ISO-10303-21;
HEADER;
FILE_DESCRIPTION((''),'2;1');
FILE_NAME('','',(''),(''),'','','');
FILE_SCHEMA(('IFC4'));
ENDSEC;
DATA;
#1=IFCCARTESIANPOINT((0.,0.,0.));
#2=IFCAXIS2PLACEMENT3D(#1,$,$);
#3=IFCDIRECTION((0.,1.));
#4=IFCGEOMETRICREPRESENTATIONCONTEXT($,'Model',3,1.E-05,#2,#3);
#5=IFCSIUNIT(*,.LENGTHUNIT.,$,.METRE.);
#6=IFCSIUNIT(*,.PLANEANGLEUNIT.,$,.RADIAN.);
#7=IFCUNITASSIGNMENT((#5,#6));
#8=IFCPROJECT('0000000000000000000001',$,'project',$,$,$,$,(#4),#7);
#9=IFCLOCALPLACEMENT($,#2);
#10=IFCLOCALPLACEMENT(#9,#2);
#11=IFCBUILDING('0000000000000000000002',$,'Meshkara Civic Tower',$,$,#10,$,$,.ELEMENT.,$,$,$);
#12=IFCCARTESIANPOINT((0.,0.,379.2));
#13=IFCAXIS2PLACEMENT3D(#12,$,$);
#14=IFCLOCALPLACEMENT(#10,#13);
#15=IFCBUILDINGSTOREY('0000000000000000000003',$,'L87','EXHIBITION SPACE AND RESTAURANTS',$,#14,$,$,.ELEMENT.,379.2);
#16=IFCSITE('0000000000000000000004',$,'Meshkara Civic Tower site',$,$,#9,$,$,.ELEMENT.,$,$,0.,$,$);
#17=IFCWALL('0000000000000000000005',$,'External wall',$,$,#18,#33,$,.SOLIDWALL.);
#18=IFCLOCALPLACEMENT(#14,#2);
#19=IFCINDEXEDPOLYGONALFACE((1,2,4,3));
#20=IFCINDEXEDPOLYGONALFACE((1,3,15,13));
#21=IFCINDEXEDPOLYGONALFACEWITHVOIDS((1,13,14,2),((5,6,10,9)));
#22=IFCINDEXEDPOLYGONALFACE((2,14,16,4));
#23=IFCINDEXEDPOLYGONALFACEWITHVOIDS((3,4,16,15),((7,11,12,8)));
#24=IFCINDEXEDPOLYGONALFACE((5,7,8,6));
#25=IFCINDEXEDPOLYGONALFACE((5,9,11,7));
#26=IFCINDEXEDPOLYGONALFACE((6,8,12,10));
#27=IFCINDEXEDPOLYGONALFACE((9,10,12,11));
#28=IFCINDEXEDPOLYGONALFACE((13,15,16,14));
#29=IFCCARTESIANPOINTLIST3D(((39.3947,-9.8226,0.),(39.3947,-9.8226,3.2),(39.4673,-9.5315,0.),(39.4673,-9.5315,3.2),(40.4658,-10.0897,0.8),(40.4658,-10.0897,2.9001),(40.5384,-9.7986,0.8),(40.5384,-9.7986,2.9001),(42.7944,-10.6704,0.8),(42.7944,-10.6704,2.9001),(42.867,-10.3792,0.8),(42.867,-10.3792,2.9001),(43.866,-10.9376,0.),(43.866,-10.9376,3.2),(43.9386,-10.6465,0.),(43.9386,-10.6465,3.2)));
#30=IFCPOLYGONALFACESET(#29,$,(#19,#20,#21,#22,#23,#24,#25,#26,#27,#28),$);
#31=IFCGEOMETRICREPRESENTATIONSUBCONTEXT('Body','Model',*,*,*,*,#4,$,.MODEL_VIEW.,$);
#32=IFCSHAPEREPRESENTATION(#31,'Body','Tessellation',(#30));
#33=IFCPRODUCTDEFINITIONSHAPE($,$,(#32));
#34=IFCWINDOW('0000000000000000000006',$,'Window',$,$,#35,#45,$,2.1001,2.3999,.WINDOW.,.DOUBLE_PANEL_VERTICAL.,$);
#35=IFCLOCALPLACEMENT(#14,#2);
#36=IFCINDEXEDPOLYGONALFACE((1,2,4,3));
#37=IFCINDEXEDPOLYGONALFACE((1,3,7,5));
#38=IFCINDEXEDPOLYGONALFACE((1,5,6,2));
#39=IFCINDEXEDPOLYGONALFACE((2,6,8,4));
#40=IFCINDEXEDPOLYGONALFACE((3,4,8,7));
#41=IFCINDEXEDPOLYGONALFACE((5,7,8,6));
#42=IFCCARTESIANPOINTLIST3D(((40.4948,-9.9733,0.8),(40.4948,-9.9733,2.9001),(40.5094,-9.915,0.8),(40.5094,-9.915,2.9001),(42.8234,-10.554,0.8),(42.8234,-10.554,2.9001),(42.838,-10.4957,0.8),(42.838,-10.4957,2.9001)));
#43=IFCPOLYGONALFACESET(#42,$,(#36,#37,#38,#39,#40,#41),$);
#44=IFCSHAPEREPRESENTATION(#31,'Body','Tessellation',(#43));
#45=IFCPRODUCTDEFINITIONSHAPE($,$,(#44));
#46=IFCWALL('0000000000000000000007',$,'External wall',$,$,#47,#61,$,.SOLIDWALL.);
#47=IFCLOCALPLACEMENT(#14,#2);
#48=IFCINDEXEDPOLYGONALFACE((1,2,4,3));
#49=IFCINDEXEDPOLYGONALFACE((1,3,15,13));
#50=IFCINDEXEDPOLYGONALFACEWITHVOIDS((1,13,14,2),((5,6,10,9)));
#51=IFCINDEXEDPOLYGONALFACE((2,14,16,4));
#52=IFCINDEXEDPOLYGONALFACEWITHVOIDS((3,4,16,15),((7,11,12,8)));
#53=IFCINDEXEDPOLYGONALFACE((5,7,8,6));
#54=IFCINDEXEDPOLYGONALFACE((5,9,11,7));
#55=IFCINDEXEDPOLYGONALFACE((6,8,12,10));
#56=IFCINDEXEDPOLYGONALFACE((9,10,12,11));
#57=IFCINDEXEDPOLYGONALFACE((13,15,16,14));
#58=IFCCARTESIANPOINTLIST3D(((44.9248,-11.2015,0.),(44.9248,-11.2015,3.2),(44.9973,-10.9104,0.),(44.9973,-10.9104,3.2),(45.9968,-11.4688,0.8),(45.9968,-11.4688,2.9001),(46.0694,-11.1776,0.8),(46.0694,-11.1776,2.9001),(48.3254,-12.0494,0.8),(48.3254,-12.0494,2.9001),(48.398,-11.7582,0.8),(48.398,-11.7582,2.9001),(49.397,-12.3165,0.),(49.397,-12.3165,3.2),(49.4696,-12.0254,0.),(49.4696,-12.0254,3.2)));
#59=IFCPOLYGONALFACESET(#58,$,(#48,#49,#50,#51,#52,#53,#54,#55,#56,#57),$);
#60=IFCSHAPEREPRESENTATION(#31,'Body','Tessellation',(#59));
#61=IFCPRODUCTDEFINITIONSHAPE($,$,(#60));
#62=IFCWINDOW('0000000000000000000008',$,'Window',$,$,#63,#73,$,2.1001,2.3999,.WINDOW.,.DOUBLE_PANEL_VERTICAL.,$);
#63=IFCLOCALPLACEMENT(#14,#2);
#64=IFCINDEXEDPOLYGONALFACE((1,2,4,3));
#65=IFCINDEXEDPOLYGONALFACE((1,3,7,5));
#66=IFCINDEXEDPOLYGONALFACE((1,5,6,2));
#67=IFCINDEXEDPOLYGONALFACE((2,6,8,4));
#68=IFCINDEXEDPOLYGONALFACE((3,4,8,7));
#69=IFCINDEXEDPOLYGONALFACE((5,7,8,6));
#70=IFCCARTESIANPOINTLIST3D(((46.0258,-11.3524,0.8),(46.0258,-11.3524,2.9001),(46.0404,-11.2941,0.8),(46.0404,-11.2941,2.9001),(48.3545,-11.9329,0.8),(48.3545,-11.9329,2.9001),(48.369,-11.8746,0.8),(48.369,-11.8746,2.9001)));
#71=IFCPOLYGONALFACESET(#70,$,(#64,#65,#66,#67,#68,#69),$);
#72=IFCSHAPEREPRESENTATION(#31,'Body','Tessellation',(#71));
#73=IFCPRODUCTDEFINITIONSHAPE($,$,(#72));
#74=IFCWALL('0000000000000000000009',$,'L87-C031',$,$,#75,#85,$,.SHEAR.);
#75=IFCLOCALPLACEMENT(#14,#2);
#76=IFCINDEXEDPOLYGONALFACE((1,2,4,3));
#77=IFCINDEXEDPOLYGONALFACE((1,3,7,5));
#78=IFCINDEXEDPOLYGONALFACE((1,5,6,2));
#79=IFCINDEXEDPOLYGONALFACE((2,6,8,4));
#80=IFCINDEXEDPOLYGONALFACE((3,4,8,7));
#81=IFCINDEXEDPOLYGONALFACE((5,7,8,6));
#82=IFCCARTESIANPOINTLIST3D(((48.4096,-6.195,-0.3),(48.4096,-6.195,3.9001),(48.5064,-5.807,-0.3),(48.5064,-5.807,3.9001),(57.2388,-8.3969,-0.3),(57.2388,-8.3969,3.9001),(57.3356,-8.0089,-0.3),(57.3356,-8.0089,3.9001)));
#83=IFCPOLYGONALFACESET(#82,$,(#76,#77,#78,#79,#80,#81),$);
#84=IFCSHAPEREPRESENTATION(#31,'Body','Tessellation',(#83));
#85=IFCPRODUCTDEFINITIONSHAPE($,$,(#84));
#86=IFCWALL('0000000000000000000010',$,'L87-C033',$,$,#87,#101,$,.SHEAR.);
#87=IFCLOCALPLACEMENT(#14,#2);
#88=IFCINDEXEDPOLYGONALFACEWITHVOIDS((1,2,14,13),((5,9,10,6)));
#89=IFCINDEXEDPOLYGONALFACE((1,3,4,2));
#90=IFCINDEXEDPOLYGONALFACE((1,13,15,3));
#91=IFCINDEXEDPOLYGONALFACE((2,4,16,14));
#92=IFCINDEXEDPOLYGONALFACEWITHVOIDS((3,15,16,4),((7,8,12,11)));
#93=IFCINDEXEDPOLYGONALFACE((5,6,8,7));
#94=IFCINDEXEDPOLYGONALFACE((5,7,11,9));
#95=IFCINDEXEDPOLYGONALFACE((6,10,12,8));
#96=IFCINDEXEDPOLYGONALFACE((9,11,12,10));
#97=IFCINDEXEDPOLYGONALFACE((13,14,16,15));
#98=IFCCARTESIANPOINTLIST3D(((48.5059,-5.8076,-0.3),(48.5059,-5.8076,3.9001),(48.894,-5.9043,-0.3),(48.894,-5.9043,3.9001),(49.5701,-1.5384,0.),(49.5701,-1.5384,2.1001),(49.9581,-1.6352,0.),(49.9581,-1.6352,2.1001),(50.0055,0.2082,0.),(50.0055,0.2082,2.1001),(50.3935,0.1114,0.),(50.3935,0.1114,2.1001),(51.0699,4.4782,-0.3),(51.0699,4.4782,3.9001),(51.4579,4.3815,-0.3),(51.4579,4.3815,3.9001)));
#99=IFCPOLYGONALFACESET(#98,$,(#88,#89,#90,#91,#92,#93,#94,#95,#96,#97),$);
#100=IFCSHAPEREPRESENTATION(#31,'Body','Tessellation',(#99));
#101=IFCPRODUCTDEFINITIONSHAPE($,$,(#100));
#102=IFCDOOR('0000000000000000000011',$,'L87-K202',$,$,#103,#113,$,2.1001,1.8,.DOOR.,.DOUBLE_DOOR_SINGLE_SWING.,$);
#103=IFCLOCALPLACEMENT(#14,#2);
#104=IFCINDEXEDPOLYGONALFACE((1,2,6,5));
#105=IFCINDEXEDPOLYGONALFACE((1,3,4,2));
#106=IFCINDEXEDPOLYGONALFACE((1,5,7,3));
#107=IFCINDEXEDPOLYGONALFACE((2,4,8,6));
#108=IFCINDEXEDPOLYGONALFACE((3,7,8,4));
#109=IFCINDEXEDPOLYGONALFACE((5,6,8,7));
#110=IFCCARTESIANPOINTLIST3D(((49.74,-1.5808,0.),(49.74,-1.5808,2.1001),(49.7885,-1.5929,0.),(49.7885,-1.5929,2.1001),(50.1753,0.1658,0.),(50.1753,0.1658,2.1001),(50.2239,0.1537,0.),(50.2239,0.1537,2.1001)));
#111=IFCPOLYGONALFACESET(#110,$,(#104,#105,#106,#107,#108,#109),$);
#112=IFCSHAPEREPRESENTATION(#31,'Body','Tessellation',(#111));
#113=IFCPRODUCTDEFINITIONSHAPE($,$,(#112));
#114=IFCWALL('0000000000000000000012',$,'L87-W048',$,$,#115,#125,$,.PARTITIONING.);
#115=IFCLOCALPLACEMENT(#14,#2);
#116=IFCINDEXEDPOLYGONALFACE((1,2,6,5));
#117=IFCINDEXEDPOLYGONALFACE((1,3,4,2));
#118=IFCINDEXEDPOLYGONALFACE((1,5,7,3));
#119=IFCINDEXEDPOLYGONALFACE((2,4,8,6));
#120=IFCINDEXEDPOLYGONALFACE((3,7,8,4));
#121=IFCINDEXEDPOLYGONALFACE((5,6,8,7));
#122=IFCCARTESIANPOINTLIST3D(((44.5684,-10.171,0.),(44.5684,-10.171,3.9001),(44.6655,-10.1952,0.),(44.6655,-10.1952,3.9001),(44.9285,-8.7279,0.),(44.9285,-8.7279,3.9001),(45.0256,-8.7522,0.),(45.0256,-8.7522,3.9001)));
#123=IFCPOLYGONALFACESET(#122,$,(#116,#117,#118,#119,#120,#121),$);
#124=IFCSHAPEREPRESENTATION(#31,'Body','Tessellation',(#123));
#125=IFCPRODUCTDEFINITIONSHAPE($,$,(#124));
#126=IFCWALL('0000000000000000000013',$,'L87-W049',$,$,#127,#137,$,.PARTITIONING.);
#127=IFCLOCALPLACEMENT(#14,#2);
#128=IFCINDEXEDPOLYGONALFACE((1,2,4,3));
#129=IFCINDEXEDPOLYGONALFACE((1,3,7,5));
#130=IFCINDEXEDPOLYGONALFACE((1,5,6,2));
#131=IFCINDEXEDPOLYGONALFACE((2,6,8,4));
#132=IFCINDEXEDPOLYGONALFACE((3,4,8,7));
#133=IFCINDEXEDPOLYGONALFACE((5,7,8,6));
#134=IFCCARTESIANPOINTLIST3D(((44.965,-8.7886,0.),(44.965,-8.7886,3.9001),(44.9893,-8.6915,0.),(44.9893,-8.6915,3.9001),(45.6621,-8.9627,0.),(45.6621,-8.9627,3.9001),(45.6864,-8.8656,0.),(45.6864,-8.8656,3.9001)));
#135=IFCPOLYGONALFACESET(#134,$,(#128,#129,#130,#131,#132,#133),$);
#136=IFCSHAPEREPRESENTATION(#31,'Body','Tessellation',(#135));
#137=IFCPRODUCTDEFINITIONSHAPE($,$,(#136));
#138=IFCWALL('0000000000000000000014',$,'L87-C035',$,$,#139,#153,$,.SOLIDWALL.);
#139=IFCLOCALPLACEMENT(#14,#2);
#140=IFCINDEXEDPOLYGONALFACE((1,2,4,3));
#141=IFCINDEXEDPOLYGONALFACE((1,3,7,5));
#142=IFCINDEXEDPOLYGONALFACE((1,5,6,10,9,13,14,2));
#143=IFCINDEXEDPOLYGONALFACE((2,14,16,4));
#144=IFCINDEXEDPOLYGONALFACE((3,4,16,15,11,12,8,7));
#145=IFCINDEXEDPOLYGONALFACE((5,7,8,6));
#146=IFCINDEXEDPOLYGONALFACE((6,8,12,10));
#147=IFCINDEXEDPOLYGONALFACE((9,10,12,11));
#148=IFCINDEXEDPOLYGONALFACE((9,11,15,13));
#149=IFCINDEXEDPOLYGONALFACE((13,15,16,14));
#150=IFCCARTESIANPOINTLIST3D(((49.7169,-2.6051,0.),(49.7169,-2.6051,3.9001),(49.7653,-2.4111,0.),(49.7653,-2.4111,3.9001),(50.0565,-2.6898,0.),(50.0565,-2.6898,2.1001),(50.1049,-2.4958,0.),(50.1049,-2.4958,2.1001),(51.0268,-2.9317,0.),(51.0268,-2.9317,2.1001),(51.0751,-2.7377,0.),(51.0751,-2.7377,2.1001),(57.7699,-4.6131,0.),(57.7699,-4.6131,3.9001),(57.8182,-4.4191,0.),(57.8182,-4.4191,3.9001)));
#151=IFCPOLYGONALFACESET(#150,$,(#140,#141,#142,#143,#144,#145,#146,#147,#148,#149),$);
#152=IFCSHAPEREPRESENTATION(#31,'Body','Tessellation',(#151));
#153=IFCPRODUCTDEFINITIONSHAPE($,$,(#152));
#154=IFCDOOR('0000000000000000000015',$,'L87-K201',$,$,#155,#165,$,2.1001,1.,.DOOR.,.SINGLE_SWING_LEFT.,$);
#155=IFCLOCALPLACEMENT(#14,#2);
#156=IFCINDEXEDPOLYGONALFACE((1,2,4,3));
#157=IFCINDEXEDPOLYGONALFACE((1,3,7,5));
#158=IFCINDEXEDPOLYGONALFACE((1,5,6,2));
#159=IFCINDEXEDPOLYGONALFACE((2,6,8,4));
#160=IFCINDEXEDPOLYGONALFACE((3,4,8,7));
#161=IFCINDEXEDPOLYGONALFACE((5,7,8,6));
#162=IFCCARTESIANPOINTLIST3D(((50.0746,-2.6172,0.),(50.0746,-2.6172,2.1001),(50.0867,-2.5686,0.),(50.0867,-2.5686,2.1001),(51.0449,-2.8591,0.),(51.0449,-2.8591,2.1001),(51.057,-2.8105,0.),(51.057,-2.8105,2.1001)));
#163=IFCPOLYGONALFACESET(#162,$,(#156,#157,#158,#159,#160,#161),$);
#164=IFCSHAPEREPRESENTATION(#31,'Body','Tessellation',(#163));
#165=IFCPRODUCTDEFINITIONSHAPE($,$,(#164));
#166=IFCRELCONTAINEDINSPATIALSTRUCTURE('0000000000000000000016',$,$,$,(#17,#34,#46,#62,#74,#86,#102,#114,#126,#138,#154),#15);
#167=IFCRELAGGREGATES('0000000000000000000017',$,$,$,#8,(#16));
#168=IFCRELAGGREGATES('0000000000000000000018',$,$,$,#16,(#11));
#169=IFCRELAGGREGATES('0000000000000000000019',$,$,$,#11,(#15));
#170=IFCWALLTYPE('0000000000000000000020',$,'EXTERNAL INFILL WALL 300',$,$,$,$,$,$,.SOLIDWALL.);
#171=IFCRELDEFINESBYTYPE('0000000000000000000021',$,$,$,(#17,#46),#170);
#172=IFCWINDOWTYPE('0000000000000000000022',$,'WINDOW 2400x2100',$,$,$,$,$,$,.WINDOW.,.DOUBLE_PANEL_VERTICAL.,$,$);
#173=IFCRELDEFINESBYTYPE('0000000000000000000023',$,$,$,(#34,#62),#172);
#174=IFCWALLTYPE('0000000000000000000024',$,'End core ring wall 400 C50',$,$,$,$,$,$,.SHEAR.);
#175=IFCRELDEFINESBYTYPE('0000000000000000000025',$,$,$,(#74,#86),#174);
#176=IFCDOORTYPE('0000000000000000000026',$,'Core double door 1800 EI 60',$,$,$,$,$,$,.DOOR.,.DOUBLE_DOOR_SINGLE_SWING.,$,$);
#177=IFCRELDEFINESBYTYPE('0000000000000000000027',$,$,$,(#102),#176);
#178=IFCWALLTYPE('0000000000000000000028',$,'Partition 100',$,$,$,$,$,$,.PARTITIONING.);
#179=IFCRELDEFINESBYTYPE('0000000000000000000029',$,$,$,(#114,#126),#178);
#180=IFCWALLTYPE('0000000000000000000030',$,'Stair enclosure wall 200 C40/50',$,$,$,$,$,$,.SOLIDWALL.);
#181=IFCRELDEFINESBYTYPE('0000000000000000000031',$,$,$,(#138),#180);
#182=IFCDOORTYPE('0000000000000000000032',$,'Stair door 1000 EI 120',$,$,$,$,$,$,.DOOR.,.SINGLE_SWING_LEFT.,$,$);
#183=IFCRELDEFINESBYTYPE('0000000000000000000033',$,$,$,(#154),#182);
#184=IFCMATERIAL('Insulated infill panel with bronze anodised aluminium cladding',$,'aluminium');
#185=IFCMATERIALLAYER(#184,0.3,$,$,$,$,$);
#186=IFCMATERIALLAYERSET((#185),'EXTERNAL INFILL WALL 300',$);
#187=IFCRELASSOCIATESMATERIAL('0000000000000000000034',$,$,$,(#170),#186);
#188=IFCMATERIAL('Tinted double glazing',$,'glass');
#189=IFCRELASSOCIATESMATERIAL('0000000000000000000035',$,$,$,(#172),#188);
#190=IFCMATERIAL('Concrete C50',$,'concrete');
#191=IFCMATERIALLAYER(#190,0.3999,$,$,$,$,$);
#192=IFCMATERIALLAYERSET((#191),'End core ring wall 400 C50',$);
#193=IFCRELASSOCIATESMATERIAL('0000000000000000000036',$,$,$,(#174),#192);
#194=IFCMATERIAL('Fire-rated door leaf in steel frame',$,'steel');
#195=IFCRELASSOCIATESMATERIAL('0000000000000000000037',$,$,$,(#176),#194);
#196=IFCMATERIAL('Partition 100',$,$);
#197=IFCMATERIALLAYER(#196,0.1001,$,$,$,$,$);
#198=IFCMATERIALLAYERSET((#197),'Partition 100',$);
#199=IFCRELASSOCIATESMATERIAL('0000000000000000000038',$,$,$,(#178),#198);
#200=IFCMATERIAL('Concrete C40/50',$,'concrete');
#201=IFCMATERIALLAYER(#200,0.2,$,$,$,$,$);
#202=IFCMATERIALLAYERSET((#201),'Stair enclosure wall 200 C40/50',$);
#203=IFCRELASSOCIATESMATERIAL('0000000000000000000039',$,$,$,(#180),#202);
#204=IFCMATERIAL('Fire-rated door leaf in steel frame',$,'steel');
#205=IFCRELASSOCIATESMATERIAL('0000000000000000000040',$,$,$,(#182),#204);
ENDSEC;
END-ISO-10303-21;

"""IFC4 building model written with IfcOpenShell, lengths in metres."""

from ifc_helpers import new_model, si_unit, direction, frame, frame_2d, origin, place, context, subcontext, project, spatial, rectangle, extrude, material, layer, layer_set, type_object, element, fill, save


model = new_model("IFC4")

# Units and contexts
model_context = context("Model", 3, precision=1e-05, world=origin(), true_north=direction((0.0, 1.0)))
body_context = subcontext(model_context, "Body", "Model", "MODEL_VIEW")
ifc_project = project(units=[si_unit("LENGTHUNIT", "METRE"), si_unit("PLANEANGLEUNIT", "RADIAN")], contexts=[model_context])

# Site, building, storey
site_placement = place(None, origin())
site = spatial("IfcSite", under=ifc_project, at=site_placement, Name="Meshkara Civic Tower site", CompositionType="ELEMENT", RefElevation=0.0)
building_placement = place(site_placement, origin())
building = spatial("IfcBuilding", under=site, at=building_placement, Name="Meshkara Civic Tower", CompositionType="ELEMENT")
storey_placement = place(building_placement, frame((0.0, 0.0, 379.2)))
storey = spatial("IfcBuildingStorey", under=building, at=storey_placement, Name="L87", Description="EXHIBITION SPACE AND RESTAURANTS", CompositionType="ELEMENT", Elevation=379.2)

# Walls, openings, windows
ifc_material_1 = material(Name="Insulated infill panel with bronze anodised aluminium cladding", Category="aluminium")
ifc_layer_1 = layer(ifc_material_1, 0.3)
ifc_layer_set_1 = layer_set([ifc_layer_1], Name="EXTERNAL INFILL WALL 300")
wall_type_1 = type_object("IfcWallType", Name="EXTERNAL INFILL WALL 300", PredefinedType="SOLIDWALL", material=ifc_layer_set_1)
wall_1_placement = place(storey_placement, frame((39.4309, -9.677, 0.0), z_axis=(0.0, 0.0, 1.0), x_axis=(0.970286, -0.241962, 0.0)))
wall_1 = element("IfcWall", 1, at=wall_1_placement, inside=storey, type_object=wall_type_1, Name="External wall", PredefinedType="SOLIDWALL", context=body_context, shape_type="SweptSolid", body=[
    extrude(rectangle(XDim=4.6082, YDim=0.3, at=frame_2d((2.3042, 0.0))), origin(), (0.0, 0.0, 1.0), 3.2),
])
opening_1_placement = place(wall_1_placement, frame((1.104, 0.0, 0.8)))
opening_1 = element("IfcOpeningElement", 2, at=opening_1_placement, cuts=wall_1, PredefinedType="OPENING", context=body_context, shape_type="SweptSolid", body=[
    extrude(rectangle(XDim=2.3999, YDim=2.1001, at=frame_2d((1.2, 1.05))), frame((0.0, 0.1599, 0.0), z_axis=(0.0, -1.0, 0.0), x_axis=(1.0, 0.0, 0.0)), (0.0, 0.0, 1.0), 0.3201),
])
ifc_material_2 = material(Name="Tinted double glazing", Category="glass")
window_type = type_object("IfcWindowType", Name="WINDOW 2400x2100", PartitioningType="DOUBLE_PANEL_VERTICAL", PredefinedType="WINDOW", material=ifc_material_2)
window_1_placement = place(opening_1_placement, origin())
window_1 = element("IfcWindow", 3, at=window_1_placement, inside=storey, type_object=window_type, Name="Window", OverallHeight=2.1001, OverallWidth=2.3999, PartitioningType="DOUBLE_PANEL_VERTICAL", PredefinedType="WINDOW", context=body_context, shape_type="SweptSolid", body=[
    extrude(rectangle(XDim=2.3999, YDim=2.1001, at=frame_2d((1.2, 1.05))), frame((0.0, 0.03, 0.0), z_axis=(0.0, -1.0, 0.0), x_axis=(1.0, 0.0, 0.0)), (0.0, 0.0, 1.0), 0.0601),
])
fill(opening_1, window_1)
wall_2_placement = place(storey_placement, frame((44.9609, -11.0559, 0.0), z_axis=(0.0, 0.0, 1.0), x_axis=(0.970298, -0.241912, 0.0)))
wall_2 = element("IfcWall", 4, at=wall_2_placement, inside=storey, type_object=wall_type_1, Name="External wall", PredefinedType="SOLIDWALL", context=body_context, shape_type="SweptSolid", body=[
    extrude(rectangle(XDim=4.6091, YDim=0.3, at=frame_2d((2.3047, 0.0))), origin(), (0.0, 0.0, 1.0), 3.2),
])
opening_2_placement = place(wall_2_placement, frame((1.105, 0.0, 0.8)))
opening_2 = element("IfcOpeningElement", 5, at=opening_2_placement, cuts=wall_2, PredefinedType="OPENING", context=body_context, shape_type="SweptSolid", body=[
    extrude(rectangle(XDim=2.3999, YDim=2.1001, at=frame_2d((1.2, 1.05))), frame((0.0, 0.1599, 0.0), z_axis=(0.0, -1.0, 0.0), x_axis=(1.0, 0.0, 0.0)), (0.0, 0.0, 1.0), 0.3201),
])
window_2_placement = place(opening_2_placement, origin())
window_2 = element("IfcWindow", 6, at=window_2_placement, inside=storey, type_object=window_type, Name="Window", OverallHeight=2.1001, OverallWidth=2.3999, PartitioningType="DOUBLE_PANEL_VERTICAL", PredefinedType="WINDOW", context=body_context, shape_type="SweptSolid", body=[
    extrude(rectangle(XDim=2.3999, YDim=2.1001, at=frame_2d((1.2, 1.05))), frame((0.0, 0.03, 0.0), z_axis=(0.0, -1.0, 0.0), x_axis=(1.0, 0.0, 0.0)), (0.0, 0.0, 1.0), 0.0601),
])
fill(opening_2, window_2)

# Wall
ifc_material_3 = material(Name="Concrete C50", Category="concrete")
ifc_layer_2 = layer(ifc_material_3, 0.3999)
ifc_layer_set_2 = layer_set([ifc_layer_2], Name="End core ring wall 400 C50")
wall_type_2 = type_object("IfcWallType", Name="End core ring wall 400 C50", PredefinedType="SHEAR", material=ifc_layer_set_2)
wall_3_placement = place(storey_placement, frame((48.458, -6.001, -0.3), z_axis=(0.0, 0.0, 1.0), x_axis=(0.970281, -0.24198, 0.0)))
element("IfcWall", 7, at=wall_3_placement, inside=storey, type_object=wall_type_2, Name="L87-C031", PredefinedType="SHEAR", context=body_context, shape_type="SweptSolid", body=[
    extrude(rectangle(XDim=9.0996, YDim=0.3999, at=frame_2d((4.5498, 0.0))), origin(), (0.0, 0.0, 1.0), 4.2002),
])

# Wall, opening, door
wall_4_placement = place(storey_placement, frame((48.7, -5.856, -0.3), z_axis=(0.0, 0.0, 1.0), x_axis=(0.241869, 0.970309, 0.0)))
wall_4 = element("IfcWall", 8, at=wall_4_placement, inside=storey, type_object=wall_type_2, Name="L87-C033", PredefinedType="SHEAR", context=body_context, shape_type="SweptSolid", body=[
    extrude(rectangle(XDim=10.6006, YDim=0.3999, at=frame_2d((5.3003, 0.0))), origin(), (0.0, 0.0, 1.0), 4.2002),
])
opening_3_placement = place(wall_4_placement, frame((4.3999, 0.0, 0.3)))
opening_3 = element("IfcOpeningElement", 9, at=opening_3_placement, cuts=wall_4, PredefinedType="OPENING", context=body_context, shape_type="SweptSolid", body=[
    extrude(rectangle(XDim=1.8, YDim=2.1001, at=frame_2d((0.8999, 1.05))), frame((0.0, 0.21, 0.0), z_axis=(0.0, -1.0, 0.0), x_axis=(1.0, 0.0, 0.0)), (0.0, 0.0, 1.0), 0.4199),
])
ifc_material_4 = material(Name="Fire-rated door leaf in steel frame", Category="steel")
door_type_1 = type_object("IfcDoorType", Name="Core double door 1800 EI 60", OperationType="DOUBLE_DOOR_SINGLE_SWING", PredefinedType="DOOR", material=ifc_material_4)
door_1_placement = place(opening_3_placement, origin())
door_1 = element("IfcDoor", 10, at=door_1_placement, inside=storey, type_object=door_type_1, Name="L87-K202", OperationType="DOUBLE_DOOR_SINGLE_SWING", OverallHeight=2.1001, OverallWidth=1.8, PredefinedType="DOOR", context=body_context, shape_type="SweptSolid", body=[
    extrude(rectangle(XDim=1.8, YDim=2.1001, at=frame_2d((0.8999, 1.05))), frame((0.0, 0.0249, 0.0), z_axis=(0.0, -1.0, 0.0), x_axis=(1.0, 0.0, 0.0)), (0.0, 0.0, 1.0), 0.05),
])
fill(opening_3, door_1)

# Walls
ifc_material_5 = material(Name="Partition 100")
ifc_layer_3 = layer(ifc_material_5, 0.1001)
ifc_layer_set_3 = layer_set([ifc_layer_3], Name="Partition 100")
wall_type_3 = type_object("IfcWallType", Name="Partition 100", PredefinedType="PARTITIONING", material=ifc_layer_set_3)
wall_5_placement = place(storey_placement, frame((44.6169, -10.1831, 0.0), z_axis=(0.0, 0.0, 1.0), x_axis=(0.242111, 0.970249, 0.0)))
element("IfcWall", 11, at=wall_5_placement, inside=storey, type_object=wall_type_3, Name="L87-W048", PredefinedType="PARTITIONING", context=body_context, shape_type="SweptSolid", body=[
    extrude(rectangle(XDim=1.4873, YDim=0.1001, at=frame_2d((0.7437, 0.0))), origin(), (0.0, 0.0, 1.0), 3.9001),
])
wall_6_placement = place(storey_placement, frame((44.9771, -8.74, 0.0), z_axis=(0.0, 0.0, 1.0), x_axis=(0.970202, -0.242296, 0.0)))
element("IfcWall", 12, at=wall_6_placement, inside=storey, type_object=wall_type_3, Name="L87-W049", PredefinedType="PARTITIONING", context=body_context, shape_type="SweptSolid", body=[
    extrude(rectangle(XDim=0.7185, YDim=0.1001, at=frame_2d((0.3594, 0.0))), origin(), (0.0, 0.0, 1.0), 3.9001),
])

# Wall, opening, door
ifc_material_6 = material(Name="Concrete C40/50", Category="concrete")
ifc_layer_4 = layer(ifc_material_6, 0.2)
ifc_layer_set_4 = layer_set([ifc_layer_4], Name="Stair enclosure wall 200 C40/50")
wall_type_4 = type_object("IfcWallType", Name="Stair enclosure wall 200 C40/50", PredefinedType="SOLIDWALL", material=ifc_layer_set_4)
wall_7_placement = place(storey_placement, frame((49.741, -2.5081, 0.0), z_axis=(0.0, 0.0, 1.0), x_axis=(0.970289, -0.241947, 0.0)))
wall_7 = element("IfcWall", 13, at=wall_7_placement, inside=storey, type_object=wall_type_4, Name="L87-C035", PredefinedType="SOLIDWALL", context=body_context, shape_type="SweptSolid", body=[
    extrude(rectangle(XDim=8.2996, YDim=0.2, at=frame_2d((4.1499, 0.0))), origin(), (0.0, 0.0, 1.0), 3.9001),
])
opening_4_placement = place(wall_7_placement, frame((0.3501, 0.0, 0.0)))
opening_4 = element("IfcOpeningElement", 14, at=opening_4_placement, cuts=wall_7, PredefinedType="OPENING", context=body_context, shape_type="SweptSolid", body=[
    extrude(rectangle(XDim=1.0, YDim=2.1001, at=frame_2d((0.5, 1.05))), frame((0.0, 0.1099, 0.0), z_axis=(0.0, -1.0, 0.0), x_axis=(1.0, 0.0, 0.0)), (0.0, 0.0, 1.0), 0.22),
])
ifc_material_7 = material(Name="Fire-rated door leaf in steel frame", Category="steel")
door_type_2 = type_object("IfcDoorType", Name="Stair door 1000 EI 120", OperationType="SINGLE_SWING_LEFT", PredefinedType="DOOR", material=ifc_material_7)
door_2_placement = place(opening_4_placement, origin())
door_2 = element("IfcDoor", 15, at=door_2_placement, inside=storey, type_object=door_type_2, Name="L87-K201", OperationType="SINGLE_SWING_LEFT", OverallHeight=2.1001, OverallWidth=1.0, PredefinedType="DOOR", context=body_context, shape_type="SweptSolid", body=[
    extrude(rectangle(XDim=1.0, YDim=2.1001, at=frame_2d((0.5, 1.05))), frame((0.0, 0.0249, 0.0), z_axis=(0.0, -1.0, 0.0), x_axis=(1.0, 0.0, 0.0)), (0.0, 0.0, 1.0), 0.05),
])
fill(opening_4, door_2)

save(model, "model.ifc")
